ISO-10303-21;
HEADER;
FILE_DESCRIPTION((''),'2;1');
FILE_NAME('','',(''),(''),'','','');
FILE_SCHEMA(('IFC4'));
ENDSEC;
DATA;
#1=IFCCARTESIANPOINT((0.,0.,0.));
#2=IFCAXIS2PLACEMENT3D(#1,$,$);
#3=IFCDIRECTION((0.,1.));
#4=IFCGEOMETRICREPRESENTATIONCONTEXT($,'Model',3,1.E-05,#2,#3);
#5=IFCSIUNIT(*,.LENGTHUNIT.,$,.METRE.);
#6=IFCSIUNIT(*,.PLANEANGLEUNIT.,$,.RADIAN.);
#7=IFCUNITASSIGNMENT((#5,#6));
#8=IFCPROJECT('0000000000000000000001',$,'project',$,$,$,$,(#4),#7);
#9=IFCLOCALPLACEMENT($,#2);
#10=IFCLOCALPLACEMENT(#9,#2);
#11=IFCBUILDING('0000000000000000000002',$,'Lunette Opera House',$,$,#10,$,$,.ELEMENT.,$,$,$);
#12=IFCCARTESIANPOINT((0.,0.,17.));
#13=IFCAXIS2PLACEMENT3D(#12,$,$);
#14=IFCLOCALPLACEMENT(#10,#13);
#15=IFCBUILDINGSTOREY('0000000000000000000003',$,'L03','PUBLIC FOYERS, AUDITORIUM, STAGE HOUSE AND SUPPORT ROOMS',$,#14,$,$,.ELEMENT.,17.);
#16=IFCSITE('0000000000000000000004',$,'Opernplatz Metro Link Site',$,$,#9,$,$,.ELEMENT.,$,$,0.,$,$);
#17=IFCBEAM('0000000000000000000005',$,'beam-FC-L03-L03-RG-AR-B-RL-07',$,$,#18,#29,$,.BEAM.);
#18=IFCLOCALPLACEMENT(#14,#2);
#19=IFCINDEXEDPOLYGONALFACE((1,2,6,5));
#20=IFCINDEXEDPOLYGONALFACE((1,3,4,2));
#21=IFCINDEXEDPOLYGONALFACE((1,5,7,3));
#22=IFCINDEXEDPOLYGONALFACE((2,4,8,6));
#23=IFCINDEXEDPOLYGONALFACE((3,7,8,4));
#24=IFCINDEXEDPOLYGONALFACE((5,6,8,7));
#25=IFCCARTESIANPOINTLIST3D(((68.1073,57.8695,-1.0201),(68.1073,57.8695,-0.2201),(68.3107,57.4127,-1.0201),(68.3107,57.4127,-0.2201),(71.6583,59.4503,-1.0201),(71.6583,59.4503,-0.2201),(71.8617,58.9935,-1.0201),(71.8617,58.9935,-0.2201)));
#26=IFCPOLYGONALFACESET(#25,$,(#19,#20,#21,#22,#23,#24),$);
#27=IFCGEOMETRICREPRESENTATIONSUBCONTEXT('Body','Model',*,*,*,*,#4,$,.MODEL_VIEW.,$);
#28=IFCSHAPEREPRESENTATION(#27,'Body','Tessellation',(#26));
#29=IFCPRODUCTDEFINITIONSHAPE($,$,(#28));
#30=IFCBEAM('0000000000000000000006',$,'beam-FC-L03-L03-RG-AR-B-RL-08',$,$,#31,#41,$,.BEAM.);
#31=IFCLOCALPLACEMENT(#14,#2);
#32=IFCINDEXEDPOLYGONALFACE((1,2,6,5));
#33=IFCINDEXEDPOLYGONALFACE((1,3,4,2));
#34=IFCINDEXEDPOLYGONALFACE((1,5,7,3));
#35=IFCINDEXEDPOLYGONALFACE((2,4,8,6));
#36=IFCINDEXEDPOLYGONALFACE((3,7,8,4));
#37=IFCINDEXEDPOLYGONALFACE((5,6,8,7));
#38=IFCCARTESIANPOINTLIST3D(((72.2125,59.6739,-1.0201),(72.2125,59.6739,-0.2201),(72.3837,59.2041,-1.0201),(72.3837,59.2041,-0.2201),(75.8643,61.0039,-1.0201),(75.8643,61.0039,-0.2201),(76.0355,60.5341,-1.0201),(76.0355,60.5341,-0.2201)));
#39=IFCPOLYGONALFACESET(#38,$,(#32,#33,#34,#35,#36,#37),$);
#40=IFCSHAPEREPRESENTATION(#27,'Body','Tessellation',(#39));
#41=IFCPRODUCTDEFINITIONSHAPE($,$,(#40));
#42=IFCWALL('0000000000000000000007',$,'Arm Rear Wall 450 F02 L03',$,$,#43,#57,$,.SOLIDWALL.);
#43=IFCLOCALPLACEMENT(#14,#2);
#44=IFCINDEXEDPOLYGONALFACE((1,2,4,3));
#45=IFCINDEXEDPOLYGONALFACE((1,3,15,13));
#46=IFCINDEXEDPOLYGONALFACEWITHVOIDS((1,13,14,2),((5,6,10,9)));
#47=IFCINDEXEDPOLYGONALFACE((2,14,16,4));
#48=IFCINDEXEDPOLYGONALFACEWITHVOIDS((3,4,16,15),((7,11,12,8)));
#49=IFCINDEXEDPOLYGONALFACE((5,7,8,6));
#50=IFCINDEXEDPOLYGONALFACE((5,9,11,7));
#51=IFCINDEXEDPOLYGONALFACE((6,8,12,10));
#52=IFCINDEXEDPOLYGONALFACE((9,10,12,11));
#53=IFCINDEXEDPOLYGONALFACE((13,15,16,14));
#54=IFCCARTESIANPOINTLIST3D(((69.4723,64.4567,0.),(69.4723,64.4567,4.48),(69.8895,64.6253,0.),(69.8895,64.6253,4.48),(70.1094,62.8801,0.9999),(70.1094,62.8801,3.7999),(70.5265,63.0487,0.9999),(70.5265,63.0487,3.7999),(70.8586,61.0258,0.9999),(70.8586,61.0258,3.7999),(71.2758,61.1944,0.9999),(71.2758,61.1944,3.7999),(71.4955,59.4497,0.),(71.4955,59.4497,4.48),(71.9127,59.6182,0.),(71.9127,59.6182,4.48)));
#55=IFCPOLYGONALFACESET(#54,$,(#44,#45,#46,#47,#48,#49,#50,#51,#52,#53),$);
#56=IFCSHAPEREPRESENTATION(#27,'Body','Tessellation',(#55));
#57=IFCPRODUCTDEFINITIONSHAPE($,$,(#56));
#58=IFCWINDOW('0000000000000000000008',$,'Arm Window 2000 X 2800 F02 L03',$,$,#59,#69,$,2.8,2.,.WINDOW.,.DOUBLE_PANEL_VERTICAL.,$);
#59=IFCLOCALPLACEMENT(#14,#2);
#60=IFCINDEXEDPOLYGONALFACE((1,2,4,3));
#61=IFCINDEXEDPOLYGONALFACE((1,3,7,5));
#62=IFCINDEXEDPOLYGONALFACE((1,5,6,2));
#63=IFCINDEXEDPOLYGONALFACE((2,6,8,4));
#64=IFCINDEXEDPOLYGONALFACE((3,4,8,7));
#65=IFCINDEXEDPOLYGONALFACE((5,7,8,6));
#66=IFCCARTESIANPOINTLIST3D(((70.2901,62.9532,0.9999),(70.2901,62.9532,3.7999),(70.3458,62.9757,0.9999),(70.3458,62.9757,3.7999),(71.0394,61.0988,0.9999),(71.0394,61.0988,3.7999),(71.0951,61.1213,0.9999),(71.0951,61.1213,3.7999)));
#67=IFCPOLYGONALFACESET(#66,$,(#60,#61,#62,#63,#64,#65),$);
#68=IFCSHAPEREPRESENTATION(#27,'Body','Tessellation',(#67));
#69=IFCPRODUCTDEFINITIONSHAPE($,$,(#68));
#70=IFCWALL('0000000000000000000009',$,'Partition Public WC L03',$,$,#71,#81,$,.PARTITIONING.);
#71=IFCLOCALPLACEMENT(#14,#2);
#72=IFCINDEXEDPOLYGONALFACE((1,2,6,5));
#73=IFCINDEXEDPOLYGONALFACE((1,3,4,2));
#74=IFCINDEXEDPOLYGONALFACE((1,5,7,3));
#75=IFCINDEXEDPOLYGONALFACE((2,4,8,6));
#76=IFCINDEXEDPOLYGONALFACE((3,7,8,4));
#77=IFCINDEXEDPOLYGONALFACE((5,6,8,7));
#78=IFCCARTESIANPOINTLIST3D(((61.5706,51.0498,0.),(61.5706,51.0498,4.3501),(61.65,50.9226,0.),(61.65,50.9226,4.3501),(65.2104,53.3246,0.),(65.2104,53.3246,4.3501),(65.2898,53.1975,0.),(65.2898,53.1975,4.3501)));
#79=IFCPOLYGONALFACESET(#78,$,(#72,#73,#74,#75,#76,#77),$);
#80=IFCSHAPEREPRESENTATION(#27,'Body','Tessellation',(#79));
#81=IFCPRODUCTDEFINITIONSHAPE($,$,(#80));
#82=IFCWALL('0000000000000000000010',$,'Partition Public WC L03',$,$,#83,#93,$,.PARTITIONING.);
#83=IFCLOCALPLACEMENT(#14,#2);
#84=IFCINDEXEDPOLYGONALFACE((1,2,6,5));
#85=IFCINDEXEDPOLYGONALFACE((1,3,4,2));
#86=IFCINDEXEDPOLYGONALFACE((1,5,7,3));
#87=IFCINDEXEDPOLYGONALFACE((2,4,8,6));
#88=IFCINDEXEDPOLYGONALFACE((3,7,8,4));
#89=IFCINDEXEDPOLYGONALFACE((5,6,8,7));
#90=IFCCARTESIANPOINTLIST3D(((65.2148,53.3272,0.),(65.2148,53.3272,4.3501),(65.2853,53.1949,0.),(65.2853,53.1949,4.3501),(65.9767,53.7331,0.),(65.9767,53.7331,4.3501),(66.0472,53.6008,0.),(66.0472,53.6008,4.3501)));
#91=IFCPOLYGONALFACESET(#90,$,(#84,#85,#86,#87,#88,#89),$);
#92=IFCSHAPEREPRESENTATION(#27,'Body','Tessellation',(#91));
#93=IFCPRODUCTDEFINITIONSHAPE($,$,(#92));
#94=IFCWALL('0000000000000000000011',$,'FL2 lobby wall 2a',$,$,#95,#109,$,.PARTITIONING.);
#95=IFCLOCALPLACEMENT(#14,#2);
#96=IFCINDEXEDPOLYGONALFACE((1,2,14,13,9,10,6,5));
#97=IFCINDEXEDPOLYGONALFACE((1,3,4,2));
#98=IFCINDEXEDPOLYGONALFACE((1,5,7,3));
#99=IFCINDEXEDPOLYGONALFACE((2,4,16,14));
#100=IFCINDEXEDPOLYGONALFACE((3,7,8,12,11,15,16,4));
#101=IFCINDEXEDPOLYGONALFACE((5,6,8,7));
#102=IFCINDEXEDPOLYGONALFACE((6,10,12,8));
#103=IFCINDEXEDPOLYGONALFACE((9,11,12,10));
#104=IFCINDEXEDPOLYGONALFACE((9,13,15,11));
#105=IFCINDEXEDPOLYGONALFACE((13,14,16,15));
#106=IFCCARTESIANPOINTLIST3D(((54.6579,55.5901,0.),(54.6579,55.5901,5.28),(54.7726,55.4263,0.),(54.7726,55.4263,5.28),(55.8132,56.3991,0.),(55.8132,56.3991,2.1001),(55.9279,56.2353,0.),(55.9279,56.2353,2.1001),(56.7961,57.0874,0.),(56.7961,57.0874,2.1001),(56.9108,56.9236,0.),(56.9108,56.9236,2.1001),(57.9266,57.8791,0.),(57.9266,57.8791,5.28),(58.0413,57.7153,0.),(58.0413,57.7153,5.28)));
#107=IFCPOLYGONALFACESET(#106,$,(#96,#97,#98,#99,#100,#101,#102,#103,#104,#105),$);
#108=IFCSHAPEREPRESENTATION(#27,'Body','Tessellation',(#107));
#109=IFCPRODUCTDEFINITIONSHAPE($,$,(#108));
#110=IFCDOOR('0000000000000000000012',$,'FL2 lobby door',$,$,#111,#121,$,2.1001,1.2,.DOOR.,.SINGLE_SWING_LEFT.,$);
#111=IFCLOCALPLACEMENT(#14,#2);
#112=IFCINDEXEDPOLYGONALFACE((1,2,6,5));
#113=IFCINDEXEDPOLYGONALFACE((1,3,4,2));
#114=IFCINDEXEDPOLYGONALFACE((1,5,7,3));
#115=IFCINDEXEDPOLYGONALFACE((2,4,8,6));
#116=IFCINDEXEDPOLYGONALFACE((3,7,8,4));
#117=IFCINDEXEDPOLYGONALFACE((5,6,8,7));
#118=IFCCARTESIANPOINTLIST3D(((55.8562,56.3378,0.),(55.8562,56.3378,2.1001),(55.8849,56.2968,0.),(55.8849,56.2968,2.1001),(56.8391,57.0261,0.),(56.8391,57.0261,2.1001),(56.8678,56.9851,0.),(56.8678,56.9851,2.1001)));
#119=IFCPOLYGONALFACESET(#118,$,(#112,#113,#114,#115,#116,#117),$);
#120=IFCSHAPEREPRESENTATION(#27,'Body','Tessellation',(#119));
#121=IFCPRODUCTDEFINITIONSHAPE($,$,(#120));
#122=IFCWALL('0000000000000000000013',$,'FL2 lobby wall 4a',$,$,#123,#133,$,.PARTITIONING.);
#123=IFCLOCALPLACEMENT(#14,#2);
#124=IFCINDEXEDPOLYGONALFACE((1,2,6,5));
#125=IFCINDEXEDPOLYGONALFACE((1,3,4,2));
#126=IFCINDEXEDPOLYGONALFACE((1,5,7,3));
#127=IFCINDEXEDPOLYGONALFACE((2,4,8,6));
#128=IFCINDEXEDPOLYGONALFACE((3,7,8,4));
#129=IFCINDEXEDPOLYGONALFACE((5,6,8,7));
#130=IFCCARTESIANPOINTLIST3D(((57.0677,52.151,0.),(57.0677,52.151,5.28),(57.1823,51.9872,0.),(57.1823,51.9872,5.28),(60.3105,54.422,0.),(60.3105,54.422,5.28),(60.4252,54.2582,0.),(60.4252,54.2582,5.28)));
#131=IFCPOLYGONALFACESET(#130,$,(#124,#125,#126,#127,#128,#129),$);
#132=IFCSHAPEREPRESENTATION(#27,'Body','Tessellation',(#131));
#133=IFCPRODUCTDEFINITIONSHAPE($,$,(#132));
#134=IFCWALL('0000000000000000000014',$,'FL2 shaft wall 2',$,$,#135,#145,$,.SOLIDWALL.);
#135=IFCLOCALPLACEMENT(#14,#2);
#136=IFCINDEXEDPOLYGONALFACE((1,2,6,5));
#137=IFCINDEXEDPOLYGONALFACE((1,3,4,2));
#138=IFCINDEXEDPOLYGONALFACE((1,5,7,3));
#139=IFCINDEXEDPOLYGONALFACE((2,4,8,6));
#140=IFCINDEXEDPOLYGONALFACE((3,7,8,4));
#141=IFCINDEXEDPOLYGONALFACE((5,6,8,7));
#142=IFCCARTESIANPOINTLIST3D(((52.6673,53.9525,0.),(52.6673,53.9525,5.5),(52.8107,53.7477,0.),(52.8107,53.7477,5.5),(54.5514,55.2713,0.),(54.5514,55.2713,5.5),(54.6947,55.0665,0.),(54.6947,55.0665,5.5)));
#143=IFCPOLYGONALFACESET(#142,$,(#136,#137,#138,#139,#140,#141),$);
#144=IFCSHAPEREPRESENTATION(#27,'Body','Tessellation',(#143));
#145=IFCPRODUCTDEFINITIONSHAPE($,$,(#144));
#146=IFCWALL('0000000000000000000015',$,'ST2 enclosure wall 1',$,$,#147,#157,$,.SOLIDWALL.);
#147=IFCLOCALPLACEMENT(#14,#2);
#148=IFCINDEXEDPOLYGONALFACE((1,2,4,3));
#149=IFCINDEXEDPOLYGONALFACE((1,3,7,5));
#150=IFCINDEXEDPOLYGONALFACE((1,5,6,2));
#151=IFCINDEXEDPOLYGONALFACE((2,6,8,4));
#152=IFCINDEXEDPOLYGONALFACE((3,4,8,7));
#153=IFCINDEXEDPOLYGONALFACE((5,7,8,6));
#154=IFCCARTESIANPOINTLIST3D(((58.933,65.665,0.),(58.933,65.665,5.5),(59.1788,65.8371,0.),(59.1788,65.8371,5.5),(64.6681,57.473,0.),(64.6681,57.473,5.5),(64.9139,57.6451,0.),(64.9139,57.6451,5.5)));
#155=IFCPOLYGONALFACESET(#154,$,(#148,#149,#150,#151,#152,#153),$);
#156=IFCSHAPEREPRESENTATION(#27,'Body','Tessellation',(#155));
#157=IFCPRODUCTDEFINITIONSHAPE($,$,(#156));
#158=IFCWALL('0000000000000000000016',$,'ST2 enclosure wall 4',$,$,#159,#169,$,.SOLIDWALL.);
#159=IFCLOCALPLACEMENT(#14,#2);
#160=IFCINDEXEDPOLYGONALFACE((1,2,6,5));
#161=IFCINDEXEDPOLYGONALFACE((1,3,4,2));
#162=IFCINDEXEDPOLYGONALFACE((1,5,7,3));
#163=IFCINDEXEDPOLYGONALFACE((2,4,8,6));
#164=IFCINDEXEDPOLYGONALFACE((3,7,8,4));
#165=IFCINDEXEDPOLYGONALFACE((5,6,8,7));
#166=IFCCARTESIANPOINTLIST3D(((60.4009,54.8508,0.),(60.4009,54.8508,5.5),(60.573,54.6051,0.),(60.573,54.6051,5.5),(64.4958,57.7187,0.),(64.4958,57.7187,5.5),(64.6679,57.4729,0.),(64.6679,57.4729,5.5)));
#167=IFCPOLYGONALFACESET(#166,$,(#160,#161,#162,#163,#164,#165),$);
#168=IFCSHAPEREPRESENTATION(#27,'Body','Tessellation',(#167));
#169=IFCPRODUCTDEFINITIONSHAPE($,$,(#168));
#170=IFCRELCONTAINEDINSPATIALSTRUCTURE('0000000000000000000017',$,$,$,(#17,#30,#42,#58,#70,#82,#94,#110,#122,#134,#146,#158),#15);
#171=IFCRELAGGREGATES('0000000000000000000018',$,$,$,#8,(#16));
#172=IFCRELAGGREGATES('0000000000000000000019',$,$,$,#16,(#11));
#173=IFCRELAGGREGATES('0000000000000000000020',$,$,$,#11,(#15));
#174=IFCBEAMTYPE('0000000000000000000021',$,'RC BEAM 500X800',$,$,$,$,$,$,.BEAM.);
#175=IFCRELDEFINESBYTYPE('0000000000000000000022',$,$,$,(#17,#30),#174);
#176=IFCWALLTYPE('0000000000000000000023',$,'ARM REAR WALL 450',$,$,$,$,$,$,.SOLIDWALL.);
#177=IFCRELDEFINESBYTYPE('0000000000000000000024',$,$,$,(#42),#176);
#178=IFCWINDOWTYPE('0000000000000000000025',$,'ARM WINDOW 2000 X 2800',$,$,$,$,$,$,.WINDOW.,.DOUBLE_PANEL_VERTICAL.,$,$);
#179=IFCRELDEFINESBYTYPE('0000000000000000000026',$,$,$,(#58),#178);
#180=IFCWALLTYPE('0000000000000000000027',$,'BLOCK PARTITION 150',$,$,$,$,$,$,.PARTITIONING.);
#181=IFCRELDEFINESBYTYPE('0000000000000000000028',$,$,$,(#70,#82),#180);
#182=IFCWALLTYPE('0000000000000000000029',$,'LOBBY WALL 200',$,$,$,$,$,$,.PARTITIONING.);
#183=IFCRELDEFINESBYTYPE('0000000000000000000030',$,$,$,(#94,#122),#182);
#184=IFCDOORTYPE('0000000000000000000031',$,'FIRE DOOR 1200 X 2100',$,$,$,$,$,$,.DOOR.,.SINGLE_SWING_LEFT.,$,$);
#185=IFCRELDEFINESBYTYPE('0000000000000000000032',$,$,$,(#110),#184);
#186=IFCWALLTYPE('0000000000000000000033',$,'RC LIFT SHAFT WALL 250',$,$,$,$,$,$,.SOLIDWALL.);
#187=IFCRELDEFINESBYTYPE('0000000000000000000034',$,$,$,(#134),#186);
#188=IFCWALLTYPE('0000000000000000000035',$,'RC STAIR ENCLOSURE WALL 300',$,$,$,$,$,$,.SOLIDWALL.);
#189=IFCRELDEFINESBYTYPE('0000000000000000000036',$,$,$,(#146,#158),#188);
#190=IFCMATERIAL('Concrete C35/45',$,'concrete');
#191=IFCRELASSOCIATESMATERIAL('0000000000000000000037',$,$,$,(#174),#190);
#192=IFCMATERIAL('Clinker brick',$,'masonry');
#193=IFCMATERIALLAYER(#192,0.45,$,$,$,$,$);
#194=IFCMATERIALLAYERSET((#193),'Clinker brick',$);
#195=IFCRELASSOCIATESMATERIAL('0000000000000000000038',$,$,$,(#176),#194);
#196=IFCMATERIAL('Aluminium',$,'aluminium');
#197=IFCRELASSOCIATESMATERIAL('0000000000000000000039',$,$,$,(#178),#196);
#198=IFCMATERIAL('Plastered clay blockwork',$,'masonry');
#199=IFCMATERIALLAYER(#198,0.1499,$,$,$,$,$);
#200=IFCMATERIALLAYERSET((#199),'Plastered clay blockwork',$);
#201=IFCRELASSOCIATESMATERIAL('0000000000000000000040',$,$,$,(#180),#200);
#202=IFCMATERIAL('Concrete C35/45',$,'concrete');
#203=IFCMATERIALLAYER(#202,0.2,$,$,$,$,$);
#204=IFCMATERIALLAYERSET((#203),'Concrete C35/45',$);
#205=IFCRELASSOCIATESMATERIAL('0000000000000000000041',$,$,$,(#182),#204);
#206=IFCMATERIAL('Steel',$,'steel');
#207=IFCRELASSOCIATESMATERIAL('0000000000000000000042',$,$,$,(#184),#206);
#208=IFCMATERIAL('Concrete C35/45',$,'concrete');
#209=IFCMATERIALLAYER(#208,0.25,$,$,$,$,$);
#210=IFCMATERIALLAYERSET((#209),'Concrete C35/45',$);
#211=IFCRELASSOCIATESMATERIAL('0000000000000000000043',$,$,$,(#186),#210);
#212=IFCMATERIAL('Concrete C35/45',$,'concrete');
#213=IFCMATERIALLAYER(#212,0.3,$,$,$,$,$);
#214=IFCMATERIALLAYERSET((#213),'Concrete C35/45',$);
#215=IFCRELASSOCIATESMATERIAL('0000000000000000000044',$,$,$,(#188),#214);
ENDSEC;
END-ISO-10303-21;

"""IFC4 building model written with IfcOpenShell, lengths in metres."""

from ifc_helpers import new_model, si_unit, direction, frame, frame_2d, origin, origin_2d, place, context, subcontext, project, spatial, rectangle, extrude, material, layer, layer_set, material_profile, profile_set, type_object, element, fill, save


model = new_model("IFC4")

# Units and contexts
model_context = context("Model", 3, precision=1e-05, world=origin(), true_north=direction((0.0, 1.0)))
body_context = subcontext(model_context, "Body", "Model", "MODEL_VIEW")
ifc_project = project(units=[si_unit("LENGTHUNIT", "METRE"), si_unit("PLANEANGLEUNIT", "RADIAN")], contexts=[model_context])

# Site, building, storey
site_placement = place(None, origin())
site = spatial("IfcSite", under=ifc_project, at=site_placement, Name="Opernplatz Metro Link Site", CompositionType="ELEMENT", RefElevation=0.0)
building_placement = place(site_placement, origin())
building = spatial("IfcBuilding", under=site, at=building_placement, Name="Lunette Opera House", CompositionType="ELEMENT")
storey_placement = place(building_placement, frame((0.0, 0.0, 17.0)))
storey = spatial("IfcBuildingStorey", under=building, at=storey_placement, Name="L03", Description="PUBLIC FOYERS, AUDITORIUM, STAGE HOUSE AND SUPPORT ROOMS", CompositionType="ELEMENT", Elevation=17.0)

# Beams
ifc_material_1 = material(Name="Concrete C35/45", Category="concrete")
ifc_material_profile_1 = material_profile(ifc_material_1, rectangle(XDim=0.5, YDim=0.8, at=origin_2d()), Name="RC BEAM 500X800")
ifc_profile_set_1 = profile_set([ifc_material_profile_1], Name="Concrete C35/45")
beam_type = type_object("IfcBeamType", Name="RC BEAM 500X800", PredefinedType="BEAM", material=ifc_profile_set_1)
for number, where, z_axis, x_axis, name in (
    (1, (68.209, 57.6411, -0.6201), (0.913565, 0.406692, 0.0), (-0.406692, 0.913565, 0.0), "beam-FC-L03-L03-RG-AR-B-RL-07"),
):
    element("IfcBeam", number, at=place(storey_placement, frame(where, z_axis=z_axis, x_axis=x_axis)), inside=storey, type_object=beam_type, Name=name, PredefinedType="BEAM", context=body_context, shape_type="SweptSolid", body=[
        extrude(rectangle(XDim=0.5, YDim=0.8, at=origin_2d()), origin(), (0.0, 0.0, 1.0), 3.887),
    ])
beam_1_placement = place(storey_placement, frame((72.2981, 59.439, -0.6201), z_axis=(0.939617, 0.342227, 0.0), x_axis=(-0.342227, 0.939617, 0.0)))
element("IfcBeam", 2, at=beam_1_placement, inside=storey, type_object=beam_type, Name="beam-FC-L03-L03-RG-AR-B-RL-08", PredefinedType="BEAM", context=body_context, shape_type="SweptSolid", body=[
    extrude(rectangle(XDim=0.5, YDim=0.8, at=origin_2d()), origin(), (0.0, 0.0, 1.0), 3.8865),
])

# Wall, opening, window
ifc_material_2 = material(Name="Clinker brick", Category="masonry")
ifc_layer_1 = layer(ifc_material_2, 0.45)
ifc_layer_set_1 = layer_set([ifc_layer_1], Name="Clinker brick")
wall_type_1 = type_object("IfcWallType", Name="ARM REAR WALL 450", PredefinedType="SOLIDWALL", material=ifc_layer_set_1)
wall_1_placement = place(storey_placement, frame((71.7041, 59.5339, 0.0), z_axis=(0.0, 0.0, 1.0), x_axis=(-0.374639, 0.927171, 0.0)))
wall_1 = element("IfcWall", 3, at=wall_1_placement, inside=storey, type_object=wall_type_1, Name="Arm Rear Wall 450 F02 L03", PredefinedType="SOLIDWALL", context=body_context, shape_type="SweptSolid", body=[
    extrude(rectangle(XDim=5.4004, YDim=0.45, at=frame_2d((2.7002, 0.0))), origin(), (0.0, 0.0, 1.0), 4.48),
])
opening_1_placement = place(wall_1_placement, frame((1.7, 0.0, 1.0)))
opening_1 = element("IfcOpeningElement", 4, at=opening_1_placement, cuts=wall_1, PredefinedType="OPENING", context=body_context, shape_type="SweptSolid", body=[
    extrude(rectangle(XDim=2.0, YDim=2.8, at=frame_2d((1.0, 1.3999))), frame((0.0, 0.2371, 0.0), z_axis=(0.0, -1.0, 0.0), x_axis=(1.0, 0.0, 0.0)), (0.0, 0.0, 1.0), 0.4739),
])
ifc_material_3 = material(Name="Aluminium", Category="aluminium")
window_type = type_object("IfcWindowType", Name="ARM WINDOW 2000 X 2800", PartitioningType="DOUBLE_PANEL_VERTICAL", PredefinedType="WINDOW", material=ifc_material_3)
window_placement = place(opening_1_placement, origin())
window = element("IfcWindow", 5, at=window_placement, inside=storey, type_object=window_type, Name="Arm Window 2000 X 2800 F02 L03", OverallHeight=2.8, OverallWidth=2.0, PartitioningType="DOUBLE_PANEL_VERTICAL", PredefinedType="WINDOW", context=body_context, shape_type="SweptSolid", body=[
    extrude(rectangle(XDim=2.0, YDim=2.8, at=frame_2d((1.0, 1.3999))), frame((0.0, 0.03, 0.0), z_axis=(0.0, -1.0, 0.0), x_axis=(1.0, 0.0, 0.0)), (0.0, 0.0, 1.0), 0.0601),
])
fill(opening_1, window)

# Walls
ifc_material_4 = material(Name="Plastered clay blockwork", Category="masonry")
ifc_layer_2 = layer(ifc_material_4, 0.1499)
ifc_layer_set_2 = layer_set([ifc_layer_2], Name="Plastered clay blockwork")
wall_type_2 = type_object("IfcWallType", Name="BLOCK PARTITION 150", PredefinedType="PARTITIONING", material=ifc_layer_set_2)
wall_2_placement = place(storey_placement, frame((65.25, 53.261, 0.0), z_axis=(0.0, 0.0, 1.0), x_axis=(-0.848001, -0.529994, 0.0)))
element("IfcWall", 6, at=wall_2_placement, inside=storey, type_object=wall_type_2, Name="Partition Public WC L03", PredefinedType="PARTITIONING", context=body_context, shape_type="SweptSolid", body=[
    extrude(rectangle(XDim=4.2922, YDim=0.1499, at=frame_2d((2.146, 0.0))), origin(), (0.0, 0.0, 1.0), 4.3501),
])
wall_3_placement = place(storey_placement, frame((66.012, 53.667, 0.0), z_axis=(0.0, 0.0, 1.0), x_axis=(-0.882533, -0.470251, 0.0)))
element("IfcWall", 7, at=wall_3_placement, inside=storey, type_object=wall_type_2, Name="Partition Public WC L03", PredefinedType="PARTITIONING", context=body_context, shape_type="SweptSolid", body=[
    extrude(rectangle(XDim=0.8633, YDim=0.1499, at=frame_2d((0.4316, 0.0))), origin(), (0.0, 0.0, 1.0), 4.3501),
])

# Wall, opening, door
ifc_material_5 = material(Name="Concrete C35/45", Category="concrete")
ifc_layer_3 = layer(ifc_material_5, 0.2)
ifc_layer_set_3 = layer_set([ifc_layer_3], Name="Concrete C35/45")
wall_type_3 = type_object("IfcWallType", Name="LOBBY WALL 200", PredefinedType="PARTITIONING", material=ifc_layer_set_3)
wall_4_placement = place(storey_placement, frame((57.9839, 57.7971, 0.0), z_axis=(0.0, 0.0, 1.0), x_axis=(-0.819126, -0.573614, 0.0)))
wall_4 = element("IfcWall", 8, at=wall_4_placement, inside=storey, type_object=wall_type_3, Name="FL2 lobby wall 2a", PredefinedType="PARTITIONING", context=body_context, shape_type="SweptSolid", body=[
    extrude(rectangle(XDim=3.9905, YDim=0.2, at=frame_2d((1.9951, 0.0))), origin(), (0.0, 0.0, 1.0), 5.28),
])
opening_2_placement = place(wall_4_placement, frame((1.3799, 0.0, 0.0)))
opening_2 = element("IfcOpeningElement", 9, at=opening_2_placement, cuts=wall_4, PredefinedType="OPENING", context=body_context, shape_type="SweptSolid", body=[
    extrude(rectangle(XDim=1.2, YDim=2.1001, at=frame_2d((0.6001, 1.05))), frame((0.0, 0.1121, 0.0), z_axis=(0.0, -1.0, 0.0), x_axis=(1.0, 0.0, 0.0)), (0.0, 0.0, 1.0), 0.2239),
])
ifc_material_6 = material(Name="Steel", Category="steel")
door_type = type_object("IfcDoorType", Name="FIRE DOOR 1200 X 2100", OperationType="SINGLE_SWING_LEFT", PredefinedType="DOOR", material=ifc_material_6)
door_placement = place(opening_2_placement, origin())
door = element("IfcDoor", 10, at=door_placement, inside=storey, type_object=door_type, Name="FL2 lobby door", OperationType="SINGLE_SWING_LEFT", OverallHeight=2.1001, OverallWidth=1.2, PredefinedType="DOOR", context=body_context, shape_type="SweptSolid", body=[
    extrude(rectangle(XDim=1.2, YDim=2.1001, at=frame_2d((0.6001, 1.05))), frame((0.0, 0.0249, 0.0), z_axis=(0.0, -1.0, 0.0), x_axis=(1.0, 0.0, 0.0)), (0.0, 0.0, 1.0), 0.05),
])
fill(opening_2, door)

# Walls
wall_5_placement = place(storey_placement, frame((57.125, 52.0691, 0.0), z_axis=(0.0, 0.0, 1.0), x_axis=(0.819119, 0.573624, 0.0)))
element("IfcWall", 11, at=wall_5_placement, inside=storey, type_object=wall_type_3, Name="FL2 lobby wall 4a", PredefinedType="PARTITIONING", context=body_context, shape_type="SweptSolid", body=[
    extrude(rectangle(XDim=3.959, YDim=0.2, at=frame_2d((1.9795, 0.0))), origin(), (0.0, 0.0, 1.0), 5.28),
])
ifc_material_7 = material(Name="Concrete C35/45", Category="concrete")
ifc_layer_4 = layer(ifc_material_7, 0.25)
ifc_layer_set_4 = layer_set([ifc_layer_4], Name="Concrete C35/45")
wall_type_4 = type_object("IfcWallType", Name="RC LIFT SHAFT WALL 250", PredefinedType="SOLIDWALL", material=ifc_layer_set_4)
wall_6_placement = place(storey_placement, frame((54.623, 55.1689, 0.0), z_axis=(0.0, 0.0, 1.0), x_axis=(-0.819227, -0.573469, 0.0)))
element("IfcWall", 12, at=wall_6_placement, inside=storey, type_object=wall_type_4, Name="FL2 shaft wall 2", PredefinedType="SOLIDWALL", context=body_context, shape_type="SweptSolid", body=[
    extrude(rectangle(XDim=2.2998, YDim=0.25, at=frame_2d((1.1499, 0.0))), origin(), (0.0, 0.0, 1.0), 5.5),
])
ifc_material_8 = material(Name="Concrete C35/45", Category="concrete")
ifc_layer_5 = layer(ifc_material_8, 0.3)
ifc_layer_set_5 = layer_set([ifc_layer_5], Name="Concrete C35/45")
wall_type_5 = type_object("IfcWallType", Name="RC STAIR ENCLOSURE WALL 300", PredefinedType="SOLIDWALL", material=ifc_layer_set_5)
wall_7_placement = place(storey_placement, frame((64.791, 57.5591, 0.0), z_axis=(0.0, 0.0, 1.0), x_axis=(-0.573515, 0.819195, 0.0)))
element("IfcWall", 13, at=wall_7_placement, inside=storey, type_object=wall_type_5, Name="ST2 enclosure wall 1", PredefinedType="SOLIDWALL", context=body_context, shape_type="SweptSolid", body=[
    extrude(rectangle(XDim=10.0, YDim=0.3, at=frame_2d((5.0, 0.0))), origin(), (0.0, 0.0, 1.0), 5.5),
])
wall_8_placement = place(storey_placement, frame((60.4871, 54.728, 0.0), z_axis=(0.0, 0.0, 1.0), x_axis=(0.819097, 0.573656, 0.0)))
element("IfcWall", 14, at=wall_8_placement, inside=storey, type_object=wall_type_5, Name="ST2 enclosure wall 4", PredefinedType="SOLIDWALL", context=body_context, shape_type="SweptSolid", body=[
    extrude(rectangle(XDim=4.9993, YDim=0.3, at=frame_2d((2.4995, 0.0))), origin(), (0.0, 0.0, 1.0), 5.5),
])

save(model, "model.ifc")
